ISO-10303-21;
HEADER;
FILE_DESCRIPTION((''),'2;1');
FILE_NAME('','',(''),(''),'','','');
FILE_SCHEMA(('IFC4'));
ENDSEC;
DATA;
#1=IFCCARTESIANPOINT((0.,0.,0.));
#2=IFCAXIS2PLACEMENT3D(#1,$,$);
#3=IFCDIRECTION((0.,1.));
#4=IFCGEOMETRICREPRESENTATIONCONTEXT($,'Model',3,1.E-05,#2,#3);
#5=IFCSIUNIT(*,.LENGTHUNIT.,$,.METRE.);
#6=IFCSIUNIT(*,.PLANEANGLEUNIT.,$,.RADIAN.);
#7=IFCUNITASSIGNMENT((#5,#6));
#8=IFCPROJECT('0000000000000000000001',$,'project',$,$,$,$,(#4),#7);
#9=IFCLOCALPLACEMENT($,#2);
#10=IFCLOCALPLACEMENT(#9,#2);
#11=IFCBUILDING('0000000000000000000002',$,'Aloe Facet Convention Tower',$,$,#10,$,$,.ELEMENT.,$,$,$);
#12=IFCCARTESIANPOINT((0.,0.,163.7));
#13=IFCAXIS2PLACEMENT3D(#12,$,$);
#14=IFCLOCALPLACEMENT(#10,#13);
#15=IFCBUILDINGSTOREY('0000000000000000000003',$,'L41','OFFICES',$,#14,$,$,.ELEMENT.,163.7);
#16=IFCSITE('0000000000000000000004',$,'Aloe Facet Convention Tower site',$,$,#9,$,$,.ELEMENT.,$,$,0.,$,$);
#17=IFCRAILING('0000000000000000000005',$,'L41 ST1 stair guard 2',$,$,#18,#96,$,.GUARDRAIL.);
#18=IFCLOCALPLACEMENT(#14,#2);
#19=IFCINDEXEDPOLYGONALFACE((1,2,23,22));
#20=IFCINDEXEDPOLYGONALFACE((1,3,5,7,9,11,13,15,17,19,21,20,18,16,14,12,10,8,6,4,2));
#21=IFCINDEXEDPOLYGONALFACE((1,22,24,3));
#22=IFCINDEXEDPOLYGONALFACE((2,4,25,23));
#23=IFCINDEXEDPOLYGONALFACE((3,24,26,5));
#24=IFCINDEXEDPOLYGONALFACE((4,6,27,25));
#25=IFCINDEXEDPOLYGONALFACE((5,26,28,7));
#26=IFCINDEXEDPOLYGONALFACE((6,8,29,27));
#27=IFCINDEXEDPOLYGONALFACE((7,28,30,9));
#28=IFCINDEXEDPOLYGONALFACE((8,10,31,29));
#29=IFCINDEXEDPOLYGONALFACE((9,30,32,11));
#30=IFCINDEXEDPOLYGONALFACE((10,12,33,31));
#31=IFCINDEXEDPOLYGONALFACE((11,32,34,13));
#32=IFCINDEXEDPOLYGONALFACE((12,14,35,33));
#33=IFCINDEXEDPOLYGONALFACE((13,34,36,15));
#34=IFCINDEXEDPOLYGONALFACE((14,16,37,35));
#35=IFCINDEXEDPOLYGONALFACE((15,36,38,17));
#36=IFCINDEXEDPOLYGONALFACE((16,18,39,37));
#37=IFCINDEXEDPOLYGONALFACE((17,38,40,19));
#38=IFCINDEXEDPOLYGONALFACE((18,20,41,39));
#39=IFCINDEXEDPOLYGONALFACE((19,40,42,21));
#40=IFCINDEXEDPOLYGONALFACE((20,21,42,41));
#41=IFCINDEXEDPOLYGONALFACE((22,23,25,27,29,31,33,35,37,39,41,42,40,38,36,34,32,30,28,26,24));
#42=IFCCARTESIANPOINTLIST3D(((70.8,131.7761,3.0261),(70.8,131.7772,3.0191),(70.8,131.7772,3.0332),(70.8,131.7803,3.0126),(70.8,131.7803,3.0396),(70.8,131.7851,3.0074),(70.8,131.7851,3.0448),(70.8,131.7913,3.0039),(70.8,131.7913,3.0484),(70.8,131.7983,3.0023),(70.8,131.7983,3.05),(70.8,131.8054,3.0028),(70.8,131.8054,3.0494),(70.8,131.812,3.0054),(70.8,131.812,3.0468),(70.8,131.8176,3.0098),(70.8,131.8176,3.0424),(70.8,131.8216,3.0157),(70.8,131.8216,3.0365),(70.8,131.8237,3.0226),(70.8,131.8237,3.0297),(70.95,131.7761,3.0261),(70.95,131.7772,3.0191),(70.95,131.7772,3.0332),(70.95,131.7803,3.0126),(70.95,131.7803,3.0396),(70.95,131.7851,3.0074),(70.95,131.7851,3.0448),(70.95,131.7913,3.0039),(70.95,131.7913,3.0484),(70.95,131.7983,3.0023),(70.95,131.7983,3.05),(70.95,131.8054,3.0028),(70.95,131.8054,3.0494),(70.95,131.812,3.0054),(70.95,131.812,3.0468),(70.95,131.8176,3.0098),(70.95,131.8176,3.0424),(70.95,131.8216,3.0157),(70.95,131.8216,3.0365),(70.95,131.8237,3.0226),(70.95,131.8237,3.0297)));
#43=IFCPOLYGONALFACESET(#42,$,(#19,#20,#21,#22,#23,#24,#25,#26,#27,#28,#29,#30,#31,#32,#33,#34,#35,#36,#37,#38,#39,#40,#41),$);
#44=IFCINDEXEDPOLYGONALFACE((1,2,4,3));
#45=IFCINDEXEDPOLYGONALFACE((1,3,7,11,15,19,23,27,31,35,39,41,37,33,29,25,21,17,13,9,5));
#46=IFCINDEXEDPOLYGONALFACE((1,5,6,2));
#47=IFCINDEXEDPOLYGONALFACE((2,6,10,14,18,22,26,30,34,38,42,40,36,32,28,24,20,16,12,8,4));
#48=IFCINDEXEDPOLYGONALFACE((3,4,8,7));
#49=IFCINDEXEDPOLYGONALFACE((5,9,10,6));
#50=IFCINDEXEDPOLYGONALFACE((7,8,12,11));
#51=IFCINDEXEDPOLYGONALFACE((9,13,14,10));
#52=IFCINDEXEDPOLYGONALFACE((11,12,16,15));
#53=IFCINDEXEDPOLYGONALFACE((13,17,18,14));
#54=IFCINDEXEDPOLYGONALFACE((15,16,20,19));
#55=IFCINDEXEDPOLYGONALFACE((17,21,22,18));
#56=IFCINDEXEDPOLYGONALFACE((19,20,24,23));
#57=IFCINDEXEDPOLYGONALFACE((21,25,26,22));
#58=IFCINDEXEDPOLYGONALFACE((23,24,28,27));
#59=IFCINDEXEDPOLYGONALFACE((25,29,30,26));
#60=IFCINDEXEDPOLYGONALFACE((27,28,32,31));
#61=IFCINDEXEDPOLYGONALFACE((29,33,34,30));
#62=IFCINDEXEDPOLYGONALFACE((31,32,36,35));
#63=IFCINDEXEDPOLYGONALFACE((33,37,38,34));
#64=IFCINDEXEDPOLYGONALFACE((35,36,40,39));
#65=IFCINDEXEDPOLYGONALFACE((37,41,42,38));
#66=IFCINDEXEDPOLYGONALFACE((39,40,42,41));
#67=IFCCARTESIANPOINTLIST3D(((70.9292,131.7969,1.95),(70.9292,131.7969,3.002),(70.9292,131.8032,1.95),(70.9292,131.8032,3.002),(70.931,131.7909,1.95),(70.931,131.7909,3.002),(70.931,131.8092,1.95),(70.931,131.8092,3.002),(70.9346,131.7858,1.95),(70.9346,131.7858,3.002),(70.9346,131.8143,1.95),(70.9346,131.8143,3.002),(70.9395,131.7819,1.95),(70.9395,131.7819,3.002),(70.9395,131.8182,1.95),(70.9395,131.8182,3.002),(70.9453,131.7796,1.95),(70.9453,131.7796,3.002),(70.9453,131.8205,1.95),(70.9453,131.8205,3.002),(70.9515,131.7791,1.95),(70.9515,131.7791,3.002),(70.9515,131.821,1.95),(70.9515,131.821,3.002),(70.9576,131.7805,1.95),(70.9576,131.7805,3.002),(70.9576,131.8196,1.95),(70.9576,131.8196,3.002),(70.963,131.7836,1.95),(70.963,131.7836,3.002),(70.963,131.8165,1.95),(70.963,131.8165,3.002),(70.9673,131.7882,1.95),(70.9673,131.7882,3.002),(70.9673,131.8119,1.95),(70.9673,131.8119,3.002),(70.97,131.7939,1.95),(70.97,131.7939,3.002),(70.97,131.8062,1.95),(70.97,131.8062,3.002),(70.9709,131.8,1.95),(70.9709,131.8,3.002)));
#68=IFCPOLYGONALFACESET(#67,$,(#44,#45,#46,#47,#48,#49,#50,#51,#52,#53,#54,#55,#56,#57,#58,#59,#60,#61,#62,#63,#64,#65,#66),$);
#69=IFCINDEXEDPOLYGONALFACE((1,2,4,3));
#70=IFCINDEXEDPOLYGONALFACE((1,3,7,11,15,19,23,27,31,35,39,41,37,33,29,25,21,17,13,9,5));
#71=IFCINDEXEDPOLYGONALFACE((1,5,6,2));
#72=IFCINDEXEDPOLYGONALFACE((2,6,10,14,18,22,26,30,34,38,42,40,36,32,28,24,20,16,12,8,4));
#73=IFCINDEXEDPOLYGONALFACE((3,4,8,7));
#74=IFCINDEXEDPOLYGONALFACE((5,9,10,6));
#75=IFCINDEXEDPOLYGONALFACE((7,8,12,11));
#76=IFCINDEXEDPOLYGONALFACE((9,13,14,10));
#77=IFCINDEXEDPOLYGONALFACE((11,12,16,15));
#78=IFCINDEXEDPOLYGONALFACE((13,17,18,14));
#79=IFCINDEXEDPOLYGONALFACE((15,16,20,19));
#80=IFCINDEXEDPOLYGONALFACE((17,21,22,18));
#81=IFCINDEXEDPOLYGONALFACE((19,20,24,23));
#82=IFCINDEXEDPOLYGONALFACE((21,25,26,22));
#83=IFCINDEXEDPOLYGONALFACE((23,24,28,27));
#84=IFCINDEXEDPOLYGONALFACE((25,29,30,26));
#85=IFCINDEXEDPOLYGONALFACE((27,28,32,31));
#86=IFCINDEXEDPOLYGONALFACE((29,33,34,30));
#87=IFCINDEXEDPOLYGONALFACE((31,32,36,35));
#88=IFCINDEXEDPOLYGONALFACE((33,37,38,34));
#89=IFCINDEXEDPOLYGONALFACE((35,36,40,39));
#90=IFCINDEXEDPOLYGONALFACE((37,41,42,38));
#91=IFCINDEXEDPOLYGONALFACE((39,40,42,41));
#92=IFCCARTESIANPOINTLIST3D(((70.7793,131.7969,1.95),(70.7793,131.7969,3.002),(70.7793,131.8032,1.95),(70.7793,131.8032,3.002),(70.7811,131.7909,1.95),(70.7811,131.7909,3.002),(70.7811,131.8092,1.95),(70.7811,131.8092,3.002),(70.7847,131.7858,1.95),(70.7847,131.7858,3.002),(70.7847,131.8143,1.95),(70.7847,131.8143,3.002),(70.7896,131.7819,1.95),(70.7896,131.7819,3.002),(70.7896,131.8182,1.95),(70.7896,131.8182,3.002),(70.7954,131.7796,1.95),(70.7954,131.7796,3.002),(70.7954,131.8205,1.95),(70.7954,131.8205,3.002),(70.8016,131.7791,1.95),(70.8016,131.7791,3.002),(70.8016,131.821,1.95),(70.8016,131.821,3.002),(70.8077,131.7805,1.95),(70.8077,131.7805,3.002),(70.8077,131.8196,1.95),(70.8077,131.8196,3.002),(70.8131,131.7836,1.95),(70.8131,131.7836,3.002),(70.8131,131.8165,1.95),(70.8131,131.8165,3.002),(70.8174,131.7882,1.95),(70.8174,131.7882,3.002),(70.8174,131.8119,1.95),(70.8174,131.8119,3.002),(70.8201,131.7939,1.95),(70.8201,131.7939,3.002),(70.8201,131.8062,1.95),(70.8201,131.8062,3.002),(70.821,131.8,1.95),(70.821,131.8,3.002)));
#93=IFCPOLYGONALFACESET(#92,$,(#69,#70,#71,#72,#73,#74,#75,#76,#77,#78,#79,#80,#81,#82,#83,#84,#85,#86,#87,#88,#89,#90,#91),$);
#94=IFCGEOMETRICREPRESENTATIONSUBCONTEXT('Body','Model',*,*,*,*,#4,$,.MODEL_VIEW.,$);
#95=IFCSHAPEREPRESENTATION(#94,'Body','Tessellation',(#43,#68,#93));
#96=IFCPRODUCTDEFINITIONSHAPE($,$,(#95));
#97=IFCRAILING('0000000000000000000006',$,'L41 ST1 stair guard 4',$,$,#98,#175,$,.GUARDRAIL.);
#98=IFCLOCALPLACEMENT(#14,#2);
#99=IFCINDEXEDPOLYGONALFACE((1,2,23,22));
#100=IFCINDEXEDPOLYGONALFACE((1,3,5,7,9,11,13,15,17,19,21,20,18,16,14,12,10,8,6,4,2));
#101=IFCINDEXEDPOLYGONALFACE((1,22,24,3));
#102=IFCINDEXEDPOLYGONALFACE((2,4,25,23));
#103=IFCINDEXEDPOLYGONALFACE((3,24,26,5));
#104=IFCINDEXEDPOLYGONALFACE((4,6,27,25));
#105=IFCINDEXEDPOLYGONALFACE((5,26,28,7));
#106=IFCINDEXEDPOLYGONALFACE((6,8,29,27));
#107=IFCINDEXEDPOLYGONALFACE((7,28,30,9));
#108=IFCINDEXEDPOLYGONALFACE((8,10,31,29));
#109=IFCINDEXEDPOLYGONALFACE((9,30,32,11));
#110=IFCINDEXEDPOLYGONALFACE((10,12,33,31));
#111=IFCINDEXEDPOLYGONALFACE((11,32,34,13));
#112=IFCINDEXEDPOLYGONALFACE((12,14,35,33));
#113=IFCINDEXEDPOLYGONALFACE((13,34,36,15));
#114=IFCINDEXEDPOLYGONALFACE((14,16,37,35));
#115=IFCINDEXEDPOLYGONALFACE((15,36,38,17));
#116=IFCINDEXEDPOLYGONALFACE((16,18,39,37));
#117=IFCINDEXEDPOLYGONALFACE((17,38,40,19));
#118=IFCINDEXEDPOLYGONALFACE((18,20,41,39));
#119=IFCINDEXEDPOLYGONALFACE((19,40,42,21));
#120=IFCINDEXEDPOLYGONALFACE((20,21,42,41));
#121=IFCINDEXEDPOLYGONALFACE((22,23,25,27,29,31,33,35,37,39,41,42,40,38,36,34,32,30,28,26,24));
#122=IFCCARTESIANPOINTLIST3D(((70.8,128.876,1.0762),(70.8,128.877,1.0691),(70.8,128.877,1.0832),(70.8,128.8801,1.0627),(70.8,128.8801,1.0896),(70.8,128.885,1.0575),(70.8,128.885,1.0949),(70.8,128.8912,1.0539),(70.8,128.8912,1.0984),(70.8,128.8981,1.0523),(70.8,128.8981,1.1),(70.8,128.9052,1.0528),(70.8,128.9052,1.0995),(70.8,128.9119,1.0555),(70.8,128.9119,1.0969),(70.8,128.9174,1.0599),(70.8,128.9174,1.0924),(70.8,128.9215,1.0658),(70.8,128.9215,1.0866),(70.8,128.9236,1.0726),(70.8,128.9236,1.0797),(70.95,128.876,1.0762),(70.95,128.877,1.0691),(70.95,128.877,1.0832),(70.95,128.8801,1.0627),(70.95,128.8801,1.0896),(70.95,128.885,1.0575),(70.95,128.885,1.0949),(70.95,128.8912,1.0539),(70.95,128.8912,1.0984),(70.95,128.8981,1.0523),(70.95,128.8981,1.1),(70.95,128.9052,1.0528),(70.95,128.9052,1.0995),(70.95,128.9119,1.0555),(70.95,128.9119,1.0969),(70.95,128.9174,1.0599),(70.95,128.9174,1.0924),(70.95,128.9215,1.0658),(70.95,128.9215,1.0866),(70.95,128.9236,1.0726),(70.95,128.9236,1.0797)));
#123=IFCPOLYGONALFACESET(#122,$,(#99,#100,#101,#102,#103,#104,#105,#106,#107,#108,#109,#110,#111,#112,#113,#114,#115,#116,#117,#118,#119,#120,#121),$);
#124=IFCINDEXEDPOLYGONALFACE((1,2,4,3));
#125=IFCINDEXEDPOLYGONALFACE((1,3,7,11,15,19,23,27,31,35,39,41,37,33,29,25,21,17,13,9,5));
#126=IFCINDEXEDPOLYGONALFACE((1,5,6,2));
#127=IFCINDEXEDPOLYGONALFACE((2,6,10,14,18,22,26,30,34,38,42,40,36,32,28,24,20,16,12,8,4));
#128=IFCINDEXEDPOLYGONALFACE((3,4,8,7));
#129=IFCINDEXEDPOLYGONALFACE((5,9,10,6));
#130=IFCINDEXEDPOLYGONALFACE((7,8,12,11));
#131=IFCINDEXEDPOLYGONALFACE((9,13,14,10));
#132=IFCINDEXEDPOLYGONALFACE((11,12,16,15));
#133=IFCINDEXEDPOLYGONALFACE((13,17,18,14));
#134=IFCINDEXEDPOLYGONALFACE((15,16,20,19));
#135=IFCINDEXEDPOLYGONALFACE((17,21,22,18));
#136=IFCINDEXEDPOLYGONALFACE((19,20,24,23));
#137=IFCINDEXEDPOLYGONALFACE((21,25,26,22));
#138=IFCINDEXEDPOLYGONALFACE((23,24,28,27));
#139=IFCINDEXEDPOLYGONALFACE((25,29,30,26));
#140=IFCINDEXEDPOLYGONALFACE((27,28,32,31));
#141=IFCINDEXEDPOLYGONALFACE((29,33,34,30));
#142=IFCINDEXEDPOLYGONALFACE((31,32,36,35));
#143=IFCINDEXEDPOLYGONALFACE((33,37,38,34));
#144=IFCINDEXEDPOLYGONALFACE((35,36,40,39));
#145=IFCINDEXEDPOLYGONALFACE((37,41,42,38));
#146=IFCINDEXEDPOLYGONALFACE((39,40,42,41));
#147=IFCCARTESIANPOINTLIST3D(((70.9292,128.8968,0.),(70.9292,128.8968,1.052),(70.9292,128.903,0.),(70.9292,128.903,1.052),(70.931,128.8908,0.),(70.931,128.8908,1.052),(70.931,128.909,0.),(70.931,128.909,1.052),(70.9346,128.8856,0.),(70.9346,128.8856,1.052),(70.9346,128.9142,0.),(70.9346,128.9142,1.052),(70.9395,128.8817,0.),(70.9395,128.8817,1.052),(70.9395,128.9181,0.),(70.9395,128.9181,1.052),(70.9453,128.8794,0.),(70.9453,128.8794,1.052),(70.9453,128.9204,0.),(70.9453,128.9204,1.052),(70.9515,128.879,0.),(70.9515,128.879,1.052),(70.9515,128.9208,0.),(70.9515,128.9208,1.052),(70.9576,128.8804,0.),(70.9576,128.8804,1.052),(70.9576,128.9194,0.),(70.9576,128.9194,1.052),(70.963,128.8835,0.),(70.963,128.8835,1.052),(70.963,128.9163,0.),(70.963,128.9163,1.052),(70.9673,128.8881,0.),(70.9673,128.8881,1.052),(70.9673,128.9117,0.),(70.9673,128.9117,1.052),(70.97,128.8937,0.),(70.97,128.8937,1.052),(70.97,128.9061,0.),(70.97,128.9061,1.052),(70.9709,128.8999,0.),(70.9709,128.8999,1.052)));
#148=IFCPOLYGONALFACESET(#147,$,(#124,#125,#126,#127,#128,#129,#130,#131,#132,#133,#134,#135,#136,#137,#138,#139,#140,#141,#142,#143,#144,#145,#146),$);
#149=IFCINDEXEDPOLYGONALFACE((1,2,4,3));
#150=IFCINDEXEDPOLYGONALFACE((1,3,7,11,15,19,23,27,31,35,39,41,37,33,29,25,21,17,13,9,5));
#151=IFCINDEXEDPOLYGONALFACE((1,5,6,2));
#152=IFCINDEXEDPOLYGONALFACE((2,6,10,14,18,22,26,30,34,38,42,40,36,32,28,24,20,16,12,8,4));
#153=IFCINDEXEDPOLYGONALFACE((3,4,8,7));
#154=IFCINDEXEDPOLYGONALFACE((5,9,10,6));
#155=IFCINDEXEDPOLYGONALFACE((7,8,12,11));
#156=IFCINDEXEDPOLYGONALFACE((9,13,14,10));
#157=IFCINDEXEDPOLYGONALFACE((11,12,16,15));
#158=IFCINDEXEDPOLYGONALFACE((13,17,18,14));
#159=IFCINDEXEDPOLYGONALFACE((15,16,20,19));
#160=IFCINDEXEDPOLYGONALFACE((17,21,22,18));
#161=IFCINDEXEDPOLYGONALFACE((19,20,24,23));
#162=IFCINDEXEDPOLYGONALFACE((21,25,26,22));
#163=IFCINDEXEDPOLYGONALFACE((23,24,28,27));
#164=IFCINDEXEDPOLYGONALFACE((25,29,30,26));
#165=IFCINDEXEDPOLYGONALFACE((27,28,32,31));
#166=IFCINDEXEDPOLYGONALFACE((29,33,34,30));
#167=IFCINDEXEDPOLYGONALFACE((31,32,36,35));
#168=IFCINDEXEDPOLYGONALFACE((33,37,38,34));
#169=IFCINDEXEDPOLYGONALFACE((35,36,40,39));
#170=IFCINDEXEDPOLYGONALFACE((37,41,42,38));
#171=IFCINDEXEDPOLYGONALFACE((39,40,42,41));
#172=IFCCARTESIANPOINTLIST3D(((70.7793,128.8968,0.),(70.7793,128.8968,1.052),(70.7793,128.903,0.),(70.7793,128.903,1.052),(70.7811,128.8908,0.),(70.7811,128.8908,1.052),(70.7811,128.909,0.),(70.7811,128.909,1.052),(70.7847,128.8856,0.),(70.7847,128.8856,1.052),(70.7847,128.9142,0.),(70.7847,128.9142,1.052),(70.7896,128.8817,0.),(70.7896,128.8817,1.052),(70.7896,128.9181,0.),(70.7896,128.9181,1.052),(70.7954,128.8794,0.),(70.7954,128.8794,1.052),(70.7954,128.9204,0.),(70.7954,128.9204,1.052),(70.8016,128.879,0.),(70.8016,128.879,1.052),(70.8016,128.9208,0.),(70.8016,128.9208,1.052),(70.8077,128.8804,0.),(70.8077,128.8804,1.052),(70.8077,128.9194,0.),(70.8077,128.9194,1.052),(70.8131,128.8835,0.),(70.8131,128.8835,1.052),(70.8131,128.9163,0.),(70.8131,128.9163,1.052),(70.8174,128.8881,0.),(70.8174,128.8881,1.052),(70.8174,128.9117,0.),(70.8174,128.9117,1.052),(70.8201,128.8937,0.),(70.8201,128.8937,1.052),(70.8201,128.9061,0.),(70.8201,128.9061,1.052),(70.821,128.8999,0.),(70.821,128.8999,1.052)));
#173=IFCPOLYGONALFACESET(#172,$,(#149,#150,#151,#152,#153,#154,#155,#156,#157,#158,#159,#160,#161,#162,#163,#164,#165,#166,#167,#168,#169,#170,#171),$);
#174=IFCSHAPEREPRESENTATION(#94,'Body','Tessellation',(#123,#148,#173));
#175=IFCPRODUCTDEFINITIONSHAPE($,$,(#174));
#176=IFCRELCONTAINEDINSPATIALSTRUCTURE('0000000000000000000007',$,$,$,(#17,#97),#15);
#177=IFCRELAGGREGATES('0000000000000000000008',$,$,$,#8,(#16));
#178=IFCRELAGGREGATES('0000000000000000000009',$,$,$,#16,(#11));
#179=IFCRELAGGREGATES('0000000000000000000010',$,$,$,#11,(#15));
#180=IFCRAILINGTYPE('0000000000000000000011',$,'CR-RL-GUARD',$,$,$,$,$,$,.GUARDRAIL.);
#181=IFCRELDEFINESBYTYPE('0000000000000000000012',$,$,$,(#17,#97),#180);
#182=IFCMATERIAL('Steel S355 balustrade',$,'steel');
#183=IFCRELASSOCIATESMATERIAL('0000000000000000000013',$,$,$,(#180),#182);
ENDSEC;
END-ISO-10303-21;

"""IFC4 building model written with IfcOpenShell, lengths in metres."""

from ifc_helpers import new_model, si_unit, direction, frame, origin, origin_2d, place, context, subcontext, project, spatial, circle, extrude, material, type_object, element, save


model = new_model("IFC4")

# Units and contexts
model_context = context("Model", 3, precision=1e-05, world=origin(), true_north=direction((0.0, 1.0)))
body_context = subcontext(model_context, "Body", "Model", "MODEL_VIEW")
ifc_project = project(units=[si_unit("LENGTHUNIT", "METRE"), si_unit("PLANEANGLEUNIT", "RADIAN")], contexts=[model_context])

# Site, building, storey
site_placement = place(None, origin())
site = spatial("IfcSite", under=ifc_project, at=site_placement, Name="Aloe Facet Convention Tower site", CompositionType="ELEMENT", RefElevation=0.0)
building_placement = place(site_placement, origin())
building = spatial("IfcBuilding", under=site, at=building_placement, Name="Aloe Facet Convention Tower", CompositionType="ELEMENT")
storey_placement = place(building_placement, frame((0.0, 0.0, 163.7)))
storey = spatial("IfcBuildingStorey", under=building, at=storey_placement, Name="L41", Description="OFFICES", CompositionType="ELEMENT", Elevation=163.7)

# Railings
ifc_material_1 = material(Name="Steel S355 balustrade", Category="steel")
railing_type_1 = type_object("IfcRailingType", Name="CR-RL-GUARD", PredefinedType="GUARDRAIL", material=ifc_material_1)
for number, where, name in (
    (1, (70.95, 131.8, 1.95), "L41 ST1 stair guard 2"),
    (2, (70.95, 128.8999, 0.0), "L41 ST1 stair guard 4"),
):
    element("IfcRailing", number, at=place(storey_placement, frame(where)), inside=storey, type_object=railing_type_1, Name=name, PredefinedType="GUARDRAIL", context=body_context, shape_type="SweptSolid", body=[
        extrude(circle(Radius=0.0239, at=origin_2d()), frame((0.0, 0.0, 1.0762), z_axis=(-1.0, 0.0, 0.0), x_axis=(0.0, -1.0, 0.0)), (0.0, 0.0, 1.0), 0.1499),
        extrude(circle(Radius=0.021, at=origin_2d()), origin(), (0.0, 0.0, 1.0), 1.052),
        extrude(circle(Radius=0.021, at=origin_2d()), frame((-0.1499, 0.0, 0.0)), (0.0, 0.0, 1.0), 1.052),
    ])

save(model, "model.ifc")
